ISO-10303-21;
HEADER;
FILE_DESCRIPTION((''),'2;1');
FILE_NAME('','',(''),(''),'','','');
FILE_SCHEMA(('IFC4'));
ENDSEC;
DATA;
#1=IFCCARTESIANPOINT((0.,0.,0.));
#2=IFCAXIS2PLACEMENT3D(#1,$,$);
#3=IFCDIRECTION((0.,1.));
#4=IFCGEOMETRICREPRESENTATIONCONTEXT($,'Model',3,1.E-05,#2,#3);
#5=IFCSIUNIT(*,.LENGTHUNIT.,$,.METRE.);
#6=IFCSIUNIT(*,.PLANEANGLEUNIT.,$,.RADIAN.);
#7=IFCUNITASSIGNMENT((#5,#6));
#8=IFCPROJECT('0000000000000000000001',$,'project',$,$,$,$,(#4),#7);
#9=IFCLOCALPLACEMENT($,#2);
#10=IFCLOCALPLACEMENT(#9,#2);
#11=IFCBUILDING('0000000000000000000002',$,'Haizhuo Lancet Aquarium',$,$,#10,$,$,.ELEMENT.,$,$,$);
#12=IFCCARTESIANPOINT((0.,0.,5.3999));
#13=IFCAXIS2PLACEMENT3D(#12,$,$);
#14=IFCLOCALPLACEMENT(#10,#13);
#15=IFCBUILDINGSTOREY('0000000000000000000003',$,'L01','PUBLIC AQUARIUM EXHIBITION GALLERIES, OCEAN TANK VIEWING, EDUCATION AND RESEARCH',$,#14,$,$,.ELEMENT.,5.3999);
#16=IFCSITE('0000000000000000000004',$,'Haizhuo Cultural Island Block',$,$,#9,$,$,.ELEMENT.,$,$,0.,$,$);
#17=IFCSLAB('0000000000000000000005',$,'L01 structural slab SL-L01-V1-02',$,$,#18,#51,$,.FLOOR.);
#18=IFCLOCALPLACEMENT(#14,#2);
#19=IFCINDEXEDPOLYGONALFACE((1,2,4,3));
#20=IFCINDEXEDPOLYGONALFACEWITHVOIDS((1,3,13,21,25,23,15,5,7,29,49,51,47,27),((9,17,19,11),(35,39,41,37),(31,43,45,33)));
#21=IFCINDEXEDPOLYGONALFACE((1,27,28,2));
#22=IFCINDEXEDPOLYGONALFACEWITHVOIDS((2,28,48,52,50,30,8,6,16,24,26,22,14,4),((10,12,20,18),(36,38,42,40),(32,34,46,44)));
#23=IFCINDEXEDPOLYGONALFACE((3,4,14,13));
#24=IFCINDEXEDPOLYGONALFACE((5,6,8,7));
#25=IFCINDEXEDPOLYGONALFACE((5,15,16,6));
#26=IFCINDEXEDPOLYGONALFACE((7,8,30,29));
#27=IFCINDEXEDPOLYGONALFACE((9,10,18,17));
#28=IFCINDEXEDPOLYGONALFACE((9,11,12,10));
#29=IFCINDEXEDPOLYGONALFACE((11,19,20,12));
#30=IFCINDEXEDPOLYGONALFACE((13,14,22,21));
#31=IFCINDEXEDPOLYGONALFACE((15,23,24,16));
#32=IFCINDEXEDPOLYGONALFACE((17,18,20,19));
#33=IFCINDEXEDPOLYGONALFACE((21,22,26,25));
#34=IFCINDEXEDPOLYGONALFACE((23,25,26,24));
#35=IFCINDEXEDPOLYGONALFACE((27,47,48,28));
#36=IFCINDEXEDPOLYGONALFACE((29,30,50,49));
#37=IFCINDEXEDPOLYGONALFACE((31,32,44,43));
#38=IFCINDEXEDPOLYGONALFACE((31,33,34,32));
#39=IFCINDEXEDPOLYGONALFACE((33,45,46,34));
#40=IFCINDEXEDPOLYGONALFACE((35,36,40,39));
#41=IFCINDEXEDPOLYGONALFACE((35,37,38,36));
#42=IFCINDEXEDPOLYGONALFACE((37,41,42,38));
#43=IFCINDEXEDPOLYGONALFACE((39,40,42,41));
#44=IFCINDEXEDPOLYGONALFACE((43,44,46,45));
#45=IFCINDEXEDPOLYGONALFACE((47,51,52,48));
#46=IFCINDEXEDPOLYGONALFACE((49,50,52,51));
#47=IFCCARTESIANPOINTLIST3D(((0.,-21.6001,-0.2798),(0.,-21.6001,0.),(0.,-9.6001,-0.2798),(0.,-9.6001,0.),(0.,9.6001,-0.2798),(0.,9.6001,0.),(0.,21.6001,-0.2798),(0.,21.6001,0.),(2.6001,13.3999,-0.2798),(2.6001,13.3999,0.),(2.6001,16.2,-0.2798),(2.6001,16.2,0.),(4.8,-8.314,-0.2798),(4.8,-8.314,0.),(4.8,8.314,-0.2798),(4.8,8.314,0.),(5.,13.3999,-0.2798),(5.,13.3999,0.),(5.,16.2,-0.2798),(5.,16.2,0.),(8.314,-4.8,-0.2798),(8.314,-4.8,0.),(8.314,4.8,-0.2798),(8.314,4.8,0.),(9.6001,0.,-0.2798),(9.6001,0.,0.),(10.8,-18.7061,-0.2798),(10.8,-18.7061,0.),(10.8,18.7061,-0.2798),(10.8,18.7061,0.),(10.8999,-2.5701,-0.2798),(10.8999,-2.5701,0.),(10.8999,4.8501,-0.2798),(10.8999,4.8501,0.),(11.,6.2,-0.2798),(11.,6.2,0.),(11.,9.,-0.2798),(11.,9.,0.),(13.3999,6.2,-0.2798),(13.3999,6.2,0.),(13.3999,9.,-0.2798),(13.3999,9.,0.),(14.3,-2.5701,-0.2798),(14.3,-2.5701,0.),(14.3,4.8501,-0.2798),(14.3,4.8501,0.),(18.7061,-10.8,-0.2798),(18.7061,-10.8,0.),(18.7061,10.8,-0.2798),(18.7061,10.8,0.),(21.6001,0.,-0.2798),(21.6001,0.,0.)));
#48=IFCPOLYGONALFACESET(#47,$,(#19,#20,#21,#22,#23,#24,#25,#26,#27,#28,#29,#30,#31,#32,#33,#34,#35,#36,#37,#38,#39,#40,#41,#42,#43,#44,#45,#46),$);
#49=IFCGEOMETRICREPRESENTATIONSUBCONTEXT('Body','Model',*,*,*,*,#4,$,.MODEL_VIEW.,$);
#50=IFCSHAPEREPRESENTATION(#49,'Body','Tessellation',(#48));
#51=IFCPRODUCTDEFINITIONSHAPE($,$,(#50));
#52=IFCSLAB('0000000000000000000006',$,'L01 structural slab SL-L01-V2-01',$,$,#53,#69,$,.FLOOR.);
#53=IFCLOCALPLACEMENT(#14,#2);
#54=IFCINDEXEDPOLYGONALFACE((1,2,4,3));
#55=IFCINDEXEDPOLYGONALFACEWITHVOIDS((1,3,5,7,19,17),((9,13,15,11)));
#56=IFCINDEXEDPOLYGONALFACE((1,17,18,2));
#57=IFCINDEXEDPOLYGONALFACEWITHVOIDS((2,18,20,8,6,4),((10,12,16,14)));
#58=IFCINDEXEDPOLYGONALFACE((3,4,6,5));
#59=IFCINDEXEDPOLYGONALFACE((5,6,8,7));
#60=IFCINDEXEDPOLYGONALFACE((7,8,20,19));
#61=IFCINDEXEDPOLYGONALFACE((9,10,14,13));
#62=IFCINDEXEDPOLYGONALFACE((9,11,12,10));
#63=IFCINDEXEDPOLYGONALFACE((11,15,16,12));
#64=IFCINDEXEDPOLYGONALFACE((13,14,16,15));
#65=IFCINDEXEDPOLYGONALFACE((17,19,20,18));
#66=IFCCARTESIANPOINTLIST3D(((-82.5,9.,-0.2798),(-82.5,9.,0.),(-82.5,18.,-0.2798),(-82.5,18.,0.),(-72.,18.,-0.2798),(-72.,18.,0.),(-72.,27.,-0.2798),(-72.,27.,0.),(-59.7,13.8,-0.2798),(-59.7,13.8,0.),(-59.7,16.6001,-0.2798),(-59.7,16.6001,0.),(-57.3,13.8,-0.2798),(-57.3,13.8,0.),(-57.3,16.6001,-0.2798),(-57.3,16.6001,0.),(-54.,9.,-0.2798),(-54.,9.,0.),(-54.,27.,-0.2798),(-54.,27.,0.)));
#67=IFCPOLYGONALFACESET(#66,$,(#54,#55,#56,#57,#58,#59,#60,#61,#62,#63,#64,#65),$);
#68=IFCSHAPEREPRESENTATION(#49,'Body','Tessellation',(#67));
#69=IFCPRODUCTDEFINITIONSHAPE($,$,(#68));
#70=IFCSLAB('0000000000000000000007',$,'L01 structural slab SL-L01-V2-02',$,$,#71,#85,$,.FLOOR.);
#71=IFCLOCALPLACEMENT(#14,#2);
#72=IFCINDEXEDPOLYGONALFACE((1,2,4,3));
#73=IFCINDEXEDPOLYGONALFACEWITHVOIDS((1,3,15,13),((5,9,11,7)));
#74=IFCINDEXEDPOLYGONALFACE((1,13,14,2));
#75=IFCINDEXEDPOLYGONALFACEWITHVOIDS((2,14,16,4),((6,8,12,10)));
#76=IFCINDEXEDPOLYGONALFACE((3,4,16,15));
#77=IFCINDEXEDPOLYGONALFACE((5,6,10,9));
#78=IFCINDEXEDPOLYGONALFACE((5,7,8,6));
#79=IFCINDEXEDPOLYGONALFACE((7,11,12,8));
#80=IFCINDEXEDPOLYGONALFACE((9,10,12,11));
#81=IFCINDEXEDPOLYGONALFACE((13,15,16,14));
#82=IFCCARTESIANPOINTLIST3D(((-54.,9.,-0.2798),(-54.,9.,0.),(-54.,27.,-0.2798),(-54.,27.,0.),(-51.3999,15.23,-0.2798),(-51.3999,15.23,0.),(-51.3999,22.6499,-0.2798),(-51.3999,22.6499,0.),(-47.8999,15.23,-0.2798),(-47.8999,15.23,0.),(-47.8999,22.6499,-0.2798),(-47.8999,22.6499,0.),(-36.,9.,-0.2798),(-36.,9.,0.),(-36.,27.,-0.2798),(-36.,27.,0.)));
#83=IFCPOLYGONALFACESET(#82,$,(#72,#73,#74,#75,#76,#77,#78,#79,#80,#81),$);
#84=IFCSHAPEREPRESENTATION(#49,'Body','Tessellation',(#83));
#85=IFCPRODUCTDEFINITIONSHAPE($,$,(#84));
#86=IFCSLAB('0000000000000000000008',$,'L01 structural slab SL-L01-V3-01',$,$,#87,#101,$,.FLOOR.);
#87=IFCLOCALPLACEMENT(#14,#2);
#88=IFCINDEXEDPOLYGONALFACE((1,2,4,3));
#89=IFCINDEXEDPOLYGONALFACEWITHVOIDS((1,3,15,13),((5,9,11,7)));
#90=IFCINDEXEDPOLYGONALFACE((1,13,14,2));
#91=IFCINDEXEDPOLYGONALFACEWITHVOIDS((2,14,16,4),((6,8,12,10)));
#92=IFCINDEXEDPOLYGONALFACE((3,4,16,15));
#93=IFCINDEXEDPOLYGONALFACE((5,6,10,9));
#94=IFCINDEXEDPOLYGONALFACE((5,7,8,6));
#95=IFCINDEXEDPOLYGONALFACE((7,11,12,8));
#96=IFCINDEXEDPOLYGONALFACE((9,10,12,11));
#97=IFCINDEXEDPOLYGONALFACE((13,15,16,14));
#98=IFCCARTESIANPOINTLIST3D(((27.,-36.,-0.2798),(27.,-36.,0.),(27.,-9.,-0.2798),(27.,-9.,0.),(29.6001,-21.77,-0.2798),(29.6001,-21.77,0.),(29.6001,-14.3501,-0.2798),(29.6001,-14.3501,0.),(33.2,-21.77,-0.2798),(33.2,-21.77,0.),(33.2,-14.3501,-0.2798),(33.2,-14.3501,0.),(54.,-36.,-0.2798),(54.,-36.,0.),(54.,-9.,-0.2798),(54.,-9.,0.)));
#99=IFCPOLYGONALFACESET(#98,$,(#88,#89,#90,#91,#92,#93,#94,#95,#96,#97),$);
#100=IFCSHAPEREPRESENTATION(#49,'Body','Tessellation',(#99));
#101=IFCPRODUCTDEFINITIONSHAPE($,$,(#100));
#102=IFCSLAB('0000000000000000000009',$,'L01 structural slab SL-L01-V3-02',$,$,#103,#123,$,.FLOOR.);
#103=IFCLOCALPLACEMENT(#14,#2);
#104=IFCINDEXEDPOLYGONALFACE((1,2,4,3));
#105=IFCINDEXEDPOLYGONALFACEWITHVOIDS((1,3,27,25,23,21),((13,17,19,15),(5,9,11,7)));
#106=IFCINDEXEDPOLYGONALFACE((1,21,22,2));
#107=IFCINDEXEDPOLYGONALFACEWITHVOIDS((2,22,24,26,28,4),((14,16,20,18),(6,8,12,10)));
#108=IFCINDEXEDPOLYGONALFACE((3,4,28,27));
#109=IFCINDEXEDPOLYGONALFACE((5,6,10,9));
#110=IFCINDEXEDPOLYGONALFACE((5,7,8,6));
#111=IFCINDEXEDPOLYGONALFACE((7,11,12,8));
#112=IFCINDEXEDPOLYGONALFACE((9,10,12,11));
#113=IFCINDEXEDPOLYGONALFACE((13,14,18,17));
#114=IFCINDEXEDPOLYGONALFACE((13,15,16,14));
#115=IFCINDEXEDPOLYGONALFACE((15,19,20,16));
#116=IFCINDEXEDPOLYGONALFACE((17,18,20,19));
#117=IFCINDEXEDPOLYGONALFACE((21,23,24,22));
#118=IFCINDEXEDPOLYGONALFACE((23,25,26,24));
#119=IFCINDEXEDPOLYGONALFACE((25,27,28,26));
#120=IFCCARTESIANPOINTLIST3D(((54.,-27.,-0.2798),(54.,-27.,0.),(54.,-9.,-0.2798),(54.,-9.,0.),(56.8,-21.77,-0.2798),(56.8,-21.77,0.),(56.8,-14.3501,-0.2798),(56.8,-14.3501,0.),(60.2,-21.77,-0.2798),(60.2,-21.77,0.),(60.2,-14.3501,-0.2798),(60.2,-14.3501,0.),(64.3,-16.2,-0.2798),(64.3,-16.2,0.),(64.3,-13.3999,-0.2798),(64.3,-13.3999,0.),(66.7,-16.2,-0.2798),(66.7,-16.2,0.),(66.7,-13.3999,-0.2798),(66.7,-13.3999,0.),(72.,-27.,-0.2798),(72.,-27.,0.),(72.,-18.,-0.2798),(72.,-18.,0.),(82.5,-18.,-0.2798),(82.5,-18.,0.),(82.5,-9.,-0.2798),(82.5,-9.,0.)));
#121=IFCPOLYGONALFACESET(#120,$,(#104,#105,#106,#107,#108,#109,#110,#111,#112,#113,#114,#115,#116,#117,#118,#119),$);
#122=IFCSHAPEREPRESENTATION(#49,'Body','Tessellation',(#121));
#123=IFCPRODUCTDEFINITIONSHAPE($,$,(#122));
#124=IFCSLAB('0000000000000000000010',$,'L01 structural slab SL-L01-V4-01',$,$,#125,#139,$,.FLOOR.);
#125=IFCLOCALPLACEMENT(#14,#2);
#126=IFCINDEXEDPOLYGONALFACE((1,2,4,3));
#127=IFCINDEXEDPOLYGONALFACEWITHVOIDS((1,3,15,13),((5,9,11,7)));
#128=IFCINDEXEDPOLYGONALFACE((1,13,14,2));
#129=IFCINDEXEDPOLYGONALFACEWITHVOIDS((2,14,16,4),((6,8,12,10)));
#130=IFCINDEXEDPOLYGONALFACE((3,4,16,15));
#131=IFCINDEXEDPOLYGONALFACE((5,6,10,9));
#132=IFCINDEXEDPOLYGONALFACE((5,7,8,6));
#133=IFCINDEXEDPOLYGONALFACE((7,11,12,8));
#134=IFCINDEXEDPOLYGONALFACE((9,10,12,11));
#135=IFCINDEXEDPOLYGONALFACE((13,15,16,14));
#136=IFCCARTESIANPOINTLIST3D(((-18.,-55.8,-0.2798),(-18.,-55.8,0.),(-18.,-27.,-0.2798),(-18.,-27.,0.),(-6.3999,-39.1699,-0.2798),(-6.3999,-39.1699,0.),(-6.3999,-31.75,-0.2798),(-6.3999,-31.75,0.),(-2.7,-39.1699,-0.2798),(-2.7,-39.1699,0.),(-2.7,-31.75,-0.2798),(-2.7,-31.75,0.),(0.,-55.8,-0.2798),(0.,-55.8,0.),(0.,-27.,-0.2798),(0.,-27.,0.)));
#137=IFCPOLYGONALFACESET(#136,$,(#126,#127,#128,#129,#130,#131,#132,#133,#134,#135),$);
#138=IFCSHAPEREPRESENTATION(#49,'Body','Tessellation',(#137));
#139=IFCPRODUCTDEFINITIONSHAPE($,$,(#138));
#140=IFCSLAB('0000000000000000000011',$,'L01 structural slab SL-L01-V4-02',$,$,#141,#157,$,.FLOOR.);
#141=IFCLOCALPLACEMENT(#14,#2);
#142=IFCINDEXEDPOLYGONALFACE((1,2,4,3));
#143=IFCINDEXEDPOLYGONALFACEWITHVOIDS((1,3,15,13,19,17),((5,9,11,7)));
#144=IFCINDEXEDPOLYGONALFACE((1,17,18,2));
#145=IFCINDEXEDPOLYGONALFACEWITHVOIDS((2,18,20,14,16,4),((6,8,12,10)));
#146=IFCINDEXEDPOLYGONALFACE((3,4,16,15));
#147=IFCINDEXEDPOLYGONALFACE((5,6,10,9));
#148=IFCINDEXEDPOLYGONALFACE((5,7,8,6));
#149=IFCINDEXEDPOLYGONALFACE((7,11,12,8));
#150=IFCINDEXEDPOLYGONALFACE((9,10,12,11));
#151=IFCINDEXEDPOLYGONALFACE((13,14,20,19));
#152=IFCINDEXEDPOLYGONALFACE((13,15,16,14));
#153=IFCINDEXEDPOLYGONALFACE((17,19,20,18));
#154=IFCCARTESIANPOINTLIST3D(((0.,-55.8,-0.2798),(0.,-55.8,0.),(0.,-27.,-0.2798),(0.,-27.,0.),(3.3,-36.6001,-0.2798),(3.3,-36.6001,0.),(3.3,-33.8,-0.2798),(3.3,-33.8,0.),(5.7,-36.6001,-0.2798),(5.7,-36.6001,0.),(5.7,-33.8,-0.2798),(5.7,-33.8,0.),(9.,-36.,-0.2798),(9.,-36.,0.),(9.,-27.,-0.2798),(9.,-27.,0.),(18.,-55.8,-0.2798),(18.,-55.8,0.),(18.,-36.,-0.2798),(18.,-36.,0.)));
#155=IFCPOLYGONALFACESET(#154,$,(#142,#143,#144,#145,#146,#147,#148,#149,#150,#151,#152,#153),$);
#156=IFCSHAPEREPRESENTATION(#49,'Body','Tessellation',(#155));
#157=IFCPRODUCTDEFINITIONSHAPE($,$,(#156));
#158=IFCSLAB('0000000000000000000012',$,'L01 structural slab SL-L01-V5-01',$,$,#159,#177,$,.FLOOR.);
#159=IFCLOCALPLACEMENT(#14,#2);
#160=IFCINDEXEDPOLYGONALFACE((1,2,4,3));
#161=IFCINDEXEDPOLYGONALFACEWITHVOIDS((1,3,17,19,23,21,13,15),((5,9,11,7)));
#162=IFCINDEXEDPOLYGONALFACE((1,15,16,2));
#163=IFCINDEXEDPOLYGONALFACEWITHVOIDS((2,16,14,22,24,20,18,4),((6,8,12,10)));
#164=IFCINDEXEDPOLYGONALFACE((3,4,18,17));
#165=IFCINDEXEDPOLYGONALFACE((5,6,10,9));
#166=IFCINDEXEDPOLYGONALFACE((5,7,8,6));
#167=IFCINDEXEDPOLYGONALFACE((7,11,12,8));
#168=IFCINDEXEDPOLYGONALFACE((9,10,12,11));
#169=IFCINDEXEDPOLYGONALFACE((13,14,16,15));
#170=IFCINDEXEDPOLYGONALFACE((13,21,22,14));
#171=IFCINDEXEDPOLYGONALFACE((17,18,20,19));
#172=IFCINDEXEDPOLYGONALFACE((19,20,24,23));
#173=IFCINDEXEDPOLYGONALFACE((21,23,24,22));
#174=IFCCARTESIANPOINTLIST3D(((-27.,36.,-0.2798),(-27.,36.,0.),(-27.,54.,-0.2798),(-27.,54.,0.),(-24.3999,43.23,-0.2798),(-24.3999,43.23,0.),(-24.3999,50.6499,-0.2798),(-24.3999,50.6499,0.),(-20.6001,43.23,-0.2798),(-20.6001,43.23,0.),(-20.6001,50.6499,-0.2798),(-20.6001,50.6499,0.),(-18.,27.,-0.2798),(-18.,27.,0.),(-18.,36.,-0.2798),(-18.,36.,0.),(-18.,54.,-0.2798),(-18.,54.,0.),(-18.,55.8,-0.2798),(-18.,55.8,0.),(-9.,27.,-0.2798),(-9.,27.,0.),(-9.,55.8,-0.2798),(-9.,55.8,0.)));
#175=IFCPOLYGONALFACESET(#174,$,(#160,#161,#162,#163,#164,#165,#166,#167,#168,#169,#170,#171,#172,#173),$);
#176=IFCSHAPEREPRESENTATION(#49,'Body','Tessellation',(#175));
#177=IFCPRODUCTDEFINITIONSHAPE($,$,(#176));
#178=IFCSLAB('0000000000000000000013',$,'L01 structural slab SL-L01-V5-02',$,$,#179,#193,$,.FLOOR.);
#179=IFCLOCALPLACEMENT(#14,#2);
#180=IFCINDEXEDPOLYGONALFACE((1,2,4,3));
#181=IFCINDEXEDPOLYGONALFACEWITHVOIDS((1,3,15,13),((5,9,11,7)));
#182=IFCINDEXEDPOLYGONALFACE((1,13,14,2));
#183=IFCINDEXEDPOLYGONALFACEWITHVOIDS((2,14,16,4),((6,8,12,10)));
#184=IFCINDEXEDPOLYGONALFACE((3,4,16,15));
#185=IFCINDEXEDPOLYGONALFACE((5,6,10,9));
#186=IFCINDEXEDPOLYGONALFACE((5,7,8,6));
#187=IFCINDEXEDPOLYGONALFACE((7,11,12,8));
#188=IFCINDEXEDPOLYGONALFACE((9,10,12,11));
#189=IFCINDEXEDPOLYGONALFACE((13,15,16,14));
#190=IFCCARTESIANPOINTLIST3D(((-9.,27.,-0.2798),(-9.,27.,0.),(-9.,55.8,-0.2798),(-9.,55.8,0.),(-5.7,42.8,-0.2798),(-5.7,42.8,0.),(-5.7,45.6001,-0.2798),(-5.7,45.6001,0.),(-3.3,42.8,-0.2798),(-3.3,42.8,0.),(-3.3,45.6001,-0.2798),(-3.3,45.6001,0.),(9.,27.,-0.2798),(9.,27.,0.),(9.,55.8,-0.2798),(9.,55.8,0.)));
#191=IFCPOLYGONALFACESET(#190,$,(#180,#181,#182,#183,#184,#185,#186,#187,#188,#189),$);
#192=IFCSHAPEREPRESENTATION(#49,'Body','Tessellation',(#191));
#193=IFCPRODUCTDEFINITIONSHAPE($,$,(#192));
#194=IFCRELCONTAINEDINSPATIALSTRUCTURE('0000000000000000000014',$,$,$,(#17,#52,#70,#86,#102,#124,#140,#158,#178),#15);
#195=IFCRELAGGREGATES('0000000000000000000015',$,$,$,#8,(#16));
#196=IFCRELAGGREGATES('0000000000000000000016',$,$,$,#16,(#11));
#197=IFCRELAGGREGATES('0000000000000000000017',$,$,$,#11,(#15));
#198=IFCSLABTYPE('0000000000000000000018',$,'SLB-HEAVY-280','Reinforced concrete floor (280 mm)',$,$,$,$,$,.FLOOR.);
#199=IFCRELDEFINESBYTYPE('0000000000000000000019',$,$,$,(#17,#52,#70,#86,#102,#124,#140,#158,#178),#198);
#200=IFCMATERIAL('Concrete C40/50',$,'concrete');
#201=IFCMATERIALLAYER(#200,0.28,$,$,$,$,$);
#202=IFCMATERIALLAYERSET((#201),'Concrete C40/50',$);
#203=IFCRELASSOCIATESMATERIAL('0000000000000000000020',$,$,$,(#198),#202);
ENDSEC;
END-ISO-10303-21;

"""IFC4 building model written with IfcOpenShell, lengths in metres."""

from ifc_helpers import new_model, si_unit, direction, frame, origin, place, context, subcontext, project, spatial, polyline, outline, extrude, material, layer, layer_set, type_object, element, save


model = new_model("IFC4")

# Units and contexts
model_context = context("Model", 3, precision=1e-05, world=origin(), true_north=direction((0.0, 1.0)))
body_context = subcontext(model_context, "Body", "Model", "MODEL_VIEW")
ifc_project = project(units=[si_unit("LENGTHUNIT", "METRE"), si_unit("PLANEANGLEUNIT", "RADIAN")], contexts=[model_context])

# Site, building, storey
site_placement = place(None, origin())
site = spatial("IfcSite", under=ifc_project, at=site_placement, Name="Haizhuo Cultural Island Block", CompositionType="ELEMENT", RefElevation=0.0)
building_placement = place(site_placement, origin())
building = spatial("IfcBuilding", under=site, at=building_placement, Name="Haizhuo Lancet Aquarium", CompositionType="ELEMENT")
storey_placement = place(building_placement, frame((0.0, 0.0, 5.3999)))
storey = spatial("IfcBuildingStorey", under=building, at=storey_placement, Name="L01", Description="PUBLIC AQUARIUM EXHIBITION GALLERIES, OCEAN TANK VIEWING, EDUCATION AND RESEARCH", CompositionType="ELEMENT", Elevation=5.3999)

# Shared definitions
ifc_material_1 = material(Name="Concrete C40/50", Category="concrete")

# Slabs
ifc_layer_1 = layer(ifc_material_1, 0.28)
ifc_layer_set_1 = layer_set([ifc_layer_1], Name="Concrete C40/50")
slab_type_1 = type_object("IfcSlabType", Name="SLB-HEAVY-280", Description="Reinforced concrete floor (280 mm)", PredefinedType="FLOOR", material=ifc_layer_set_1)
slab_1_placement = place(storey_placement, frame((0.0, 0.0, -0.2798)))
element("IfcSlab", 1, at=slab_1_placement, inside=storey, type_object=slab_type_1, Name="L01 structural slab SL-L01-V1-02", PredefinedType="FLOOR", context=body_context, shape_type="SweptSolid", body=[
    extrude(outline(polyline([(0.0, 21.6001), (0.0, 9.6001), (4.8, 8.314), (8.314, 4.8), (9.6001, 0.0), (8.314, -4.8), (4.8, -8.314), (0.0, -9.6001), (0.0, -21.6001), (10.8, -18.7061), (18.7061, -10.8), (21.6001, 0.0), (18.7061, 10.8), (10.8, 18.7061), (0.0, 21.6001)]), holes=[polyline([(10.8999, 4.8501), (10.8999, -2.5701), (14.3, -2.5701), (14.3, 4.8501), (10.8999, 4.8501)]), polyline([(5.0, 16.2), (2.6001, 16.2), (2.6001, 13.3999), (5.0, 13.3999), (5.0, 16.2)]), polyline([(11.0, 9.0), (11.0, 6.2), (13.3999, 6.2), (13.3999, 9.0), (11.0, 9.0)])]), origin(), (0.0, 0.0, 1.0), 0.2798),
])
slab_2_placement = place(storey_placement, frame((0.0, 0.0, -0.2798)))
element("IfcSlab", 2, at=slab_2_placement, inside=storey, type_object=slab_type_1, Name="L01 structural slab SL-L01-V2-01", PredefinedType="FLOOR", context=body_context, shape_type="SweptSolid", body=[
    extrude(outline(polyline([(-82.5, 9.0), (-54.0, 9.0), (-54.0, 27.0), (-72.0, 27.0), (-72.0, 18.0), (-82.5, 18.0), (-82.5, 9.0)]), holes=[polyline([(-59.7, 16.6001), (-59.7, 13.8), (-57.3, 13.8), (-57.3, 16.6001), (-59.7, 16.6001)])]), origin(), (0.0, 0.0, 1.0), 0.2798),
])
slab_3_placement = place(storey_placement, frame((0.0, 0.0, -0.2798)))
element("IfcSlab", 3, at=slab_3_placement, inside=storey, type_object=slab_type_1, Name="L01 structural slab SL-L01-V2-02", PredefinedType="FLOOR", context=body_context, shape_type="SweptSolid", body=[
    extrude(outline(polyline([(-54.0, 27.0), (-54.0, 9.0), (-36.0, 9.0), (-36.0, 27.0), (-54.0, 27.0)]), holes=[polyline([(-47.8999, 15.23), (-47.8999, 22.6499), (-51.3999, 22.6499), (-51.3999, 15.23), (-47.8999, 15.23)])]), origin(), (0.0, 0.0, 1.0), 0.2798),
])
slab_4_placement = place(storey_placement, frame((0.0, 0.0, -0.2798)))
element("IfcSlab", 4, at=slab_4_placement, inside=storey, type_object=slab_type_1, Name="L01 structural slab SL-L01-V3-01", PredefinedType="FLOOR", context=body_context, shape_type="SweptSolid", body=[
    extrude(outline(polyline([(54.0, -9.0), (27.0, -9.0), (27.0, -36.0), (54.0, -36.0), (54.0, -9.0)]), holes=[polyline([(29.6001, -21.77), (33.2, -21.77), (33.2, -14.3501), (29.6001, -14.3501), (29.6001, -21.77)])]), origin(), (0.0, 0.0, 1.0), 0.2798),
])
slab_5_placement = place(storey_placement, frame((0.0, 0.0, -0.2798)))
element("IfcSlab", 5, at=slab_5_placement, inside=storey, type_object=slab_type_1, Name="L01 structural slab SL-L01-V3-02", PredefinedType="FLOOR", context=body_context, shape_type="SweptSolid", body=[
    extrude(outline(polyline([(82.5, -9.0), (54.0, -9.0), (54.0, -27.0), (72.0, -27.0), (72.0, -18.0), (82.5, -18.0), (82.5, -9.0)]), holes=[polyline([(56.8, -14.3501), (56.8, -21.77), (60.2, -21.77), (60.2, -14.3501), (56.8, -14.3501)]), polyline([(66.7, -16.2), (66.7, -13.3999), (64.3, -13.3999), (64.3, -16.2), (66.7, -16.2)])]), origin(), (0.0, 0.0, 1.0), 0.2798),
])
slab_6_placement = place(storey_placement, frame((0.0, 0.0, -0.2798)))
element("IfcSlab", 6, at=slab_6_placement, inside=storey, type_object=slab_type_1, Name="L01 structural slab SL-L01-V4-01", PredefinedType="FLOOR", context=body_context, shape_type="SweptSolid", body=[
    extrude(outline(polyline([(-18.0, -55.8), (0.0, -55.8), (0.0, -27.0), (-18.0, -27.0), (-18.0, -55.8)]), holes=[polyline([(-2.7, -31.75), (-6.3999, -31.75), (-6.3999, -39.1699), (-2.7, -39.1699), (-2.7, -31.75)])]), origin(), (0.0, 0.0, 1.0), 0.2798),
])
slab_7_placement = place(storey_placement, frame((0.0, 0.0, -0.2798)))
element("IfcSlab", 7, at=slab_7_placement, inside=storey, type_object=slab_type_1, Name="L01 structural slab SL-L01-V4-02", PredefinedType="FLOOR", context=body_context, shape_type="SweptSolid", body=[
    extrude(outline(polyline([(0.0, -27.0), (0.0, -55.8), (18.0, -55.8), (18.0, -36.0), (9.0, -36.0), (9.0, -27.0), (0.0, -27.0)]), holes=[polyline([(3.3, -36.6001), (5.7, -36.6001), (5.7, -33.8), (3.3, -33.8), (3.3, -36.6001)])]), origin(), (0.0, 0.0, 1.0), 0.2798),
])
slab_8_placement = place(storey_placement, frame((0.0, 0.0, -0.2798)))
element("IfcSlab", 8, at=slab_8_placement, inside=storey, type_object=slab_type_1, Name="L01 structural slab SL-L01-V5-01", PredefinedType="FLOOR", context=body_context, shape_type="SweptSolid", body=[
    extrude(outline(polyline([(-9.0, 27.0), (-9.0, 55.8), (-18.0, 55.8), (-18.0, 54.0), (-27.0, 54.0), (-27.0, 36.0), (-18.0, 36.0), (-18.0, 27.0), (-9.0, 27.0)]), holes=[polyline([(-20.6001, 43.23), (-20.6001, 50.6499), (-24.3999, 50.6499), (-24.3999, 43.23), (-20.6001, 43.23)])]), origin(), (0.0, 0.0, 1.0), 0.2798),
])
slab_9_placement = place(storey_placement, frame((0.0, 0.0, -0.2798)))
element("IfcSlab", 9, at=slab_9_placement, inside=storey, type_object=slab_type_1, Name="L01 structural slab SL-L01-V5-02", PredefinedType="FLOOR", context=body_context, shape_type="SweptSolid", body=[
    extrude(outline(polyline([(9.0, 55.8), (-9.0, 55.8), (-9.0, 27.0), (9.0, 27.0), (9.0, 55.8)]), holes=[polyline([(-5.7, 42.8), (-3.3, 42.8), (-3.3, 45.6001), (-5.7, 45.6001), (-5.7, 42.8)])]), origin(), (0.0, 0.0, 1.0), 0.2798),
])

save(model, "model.ifc")
